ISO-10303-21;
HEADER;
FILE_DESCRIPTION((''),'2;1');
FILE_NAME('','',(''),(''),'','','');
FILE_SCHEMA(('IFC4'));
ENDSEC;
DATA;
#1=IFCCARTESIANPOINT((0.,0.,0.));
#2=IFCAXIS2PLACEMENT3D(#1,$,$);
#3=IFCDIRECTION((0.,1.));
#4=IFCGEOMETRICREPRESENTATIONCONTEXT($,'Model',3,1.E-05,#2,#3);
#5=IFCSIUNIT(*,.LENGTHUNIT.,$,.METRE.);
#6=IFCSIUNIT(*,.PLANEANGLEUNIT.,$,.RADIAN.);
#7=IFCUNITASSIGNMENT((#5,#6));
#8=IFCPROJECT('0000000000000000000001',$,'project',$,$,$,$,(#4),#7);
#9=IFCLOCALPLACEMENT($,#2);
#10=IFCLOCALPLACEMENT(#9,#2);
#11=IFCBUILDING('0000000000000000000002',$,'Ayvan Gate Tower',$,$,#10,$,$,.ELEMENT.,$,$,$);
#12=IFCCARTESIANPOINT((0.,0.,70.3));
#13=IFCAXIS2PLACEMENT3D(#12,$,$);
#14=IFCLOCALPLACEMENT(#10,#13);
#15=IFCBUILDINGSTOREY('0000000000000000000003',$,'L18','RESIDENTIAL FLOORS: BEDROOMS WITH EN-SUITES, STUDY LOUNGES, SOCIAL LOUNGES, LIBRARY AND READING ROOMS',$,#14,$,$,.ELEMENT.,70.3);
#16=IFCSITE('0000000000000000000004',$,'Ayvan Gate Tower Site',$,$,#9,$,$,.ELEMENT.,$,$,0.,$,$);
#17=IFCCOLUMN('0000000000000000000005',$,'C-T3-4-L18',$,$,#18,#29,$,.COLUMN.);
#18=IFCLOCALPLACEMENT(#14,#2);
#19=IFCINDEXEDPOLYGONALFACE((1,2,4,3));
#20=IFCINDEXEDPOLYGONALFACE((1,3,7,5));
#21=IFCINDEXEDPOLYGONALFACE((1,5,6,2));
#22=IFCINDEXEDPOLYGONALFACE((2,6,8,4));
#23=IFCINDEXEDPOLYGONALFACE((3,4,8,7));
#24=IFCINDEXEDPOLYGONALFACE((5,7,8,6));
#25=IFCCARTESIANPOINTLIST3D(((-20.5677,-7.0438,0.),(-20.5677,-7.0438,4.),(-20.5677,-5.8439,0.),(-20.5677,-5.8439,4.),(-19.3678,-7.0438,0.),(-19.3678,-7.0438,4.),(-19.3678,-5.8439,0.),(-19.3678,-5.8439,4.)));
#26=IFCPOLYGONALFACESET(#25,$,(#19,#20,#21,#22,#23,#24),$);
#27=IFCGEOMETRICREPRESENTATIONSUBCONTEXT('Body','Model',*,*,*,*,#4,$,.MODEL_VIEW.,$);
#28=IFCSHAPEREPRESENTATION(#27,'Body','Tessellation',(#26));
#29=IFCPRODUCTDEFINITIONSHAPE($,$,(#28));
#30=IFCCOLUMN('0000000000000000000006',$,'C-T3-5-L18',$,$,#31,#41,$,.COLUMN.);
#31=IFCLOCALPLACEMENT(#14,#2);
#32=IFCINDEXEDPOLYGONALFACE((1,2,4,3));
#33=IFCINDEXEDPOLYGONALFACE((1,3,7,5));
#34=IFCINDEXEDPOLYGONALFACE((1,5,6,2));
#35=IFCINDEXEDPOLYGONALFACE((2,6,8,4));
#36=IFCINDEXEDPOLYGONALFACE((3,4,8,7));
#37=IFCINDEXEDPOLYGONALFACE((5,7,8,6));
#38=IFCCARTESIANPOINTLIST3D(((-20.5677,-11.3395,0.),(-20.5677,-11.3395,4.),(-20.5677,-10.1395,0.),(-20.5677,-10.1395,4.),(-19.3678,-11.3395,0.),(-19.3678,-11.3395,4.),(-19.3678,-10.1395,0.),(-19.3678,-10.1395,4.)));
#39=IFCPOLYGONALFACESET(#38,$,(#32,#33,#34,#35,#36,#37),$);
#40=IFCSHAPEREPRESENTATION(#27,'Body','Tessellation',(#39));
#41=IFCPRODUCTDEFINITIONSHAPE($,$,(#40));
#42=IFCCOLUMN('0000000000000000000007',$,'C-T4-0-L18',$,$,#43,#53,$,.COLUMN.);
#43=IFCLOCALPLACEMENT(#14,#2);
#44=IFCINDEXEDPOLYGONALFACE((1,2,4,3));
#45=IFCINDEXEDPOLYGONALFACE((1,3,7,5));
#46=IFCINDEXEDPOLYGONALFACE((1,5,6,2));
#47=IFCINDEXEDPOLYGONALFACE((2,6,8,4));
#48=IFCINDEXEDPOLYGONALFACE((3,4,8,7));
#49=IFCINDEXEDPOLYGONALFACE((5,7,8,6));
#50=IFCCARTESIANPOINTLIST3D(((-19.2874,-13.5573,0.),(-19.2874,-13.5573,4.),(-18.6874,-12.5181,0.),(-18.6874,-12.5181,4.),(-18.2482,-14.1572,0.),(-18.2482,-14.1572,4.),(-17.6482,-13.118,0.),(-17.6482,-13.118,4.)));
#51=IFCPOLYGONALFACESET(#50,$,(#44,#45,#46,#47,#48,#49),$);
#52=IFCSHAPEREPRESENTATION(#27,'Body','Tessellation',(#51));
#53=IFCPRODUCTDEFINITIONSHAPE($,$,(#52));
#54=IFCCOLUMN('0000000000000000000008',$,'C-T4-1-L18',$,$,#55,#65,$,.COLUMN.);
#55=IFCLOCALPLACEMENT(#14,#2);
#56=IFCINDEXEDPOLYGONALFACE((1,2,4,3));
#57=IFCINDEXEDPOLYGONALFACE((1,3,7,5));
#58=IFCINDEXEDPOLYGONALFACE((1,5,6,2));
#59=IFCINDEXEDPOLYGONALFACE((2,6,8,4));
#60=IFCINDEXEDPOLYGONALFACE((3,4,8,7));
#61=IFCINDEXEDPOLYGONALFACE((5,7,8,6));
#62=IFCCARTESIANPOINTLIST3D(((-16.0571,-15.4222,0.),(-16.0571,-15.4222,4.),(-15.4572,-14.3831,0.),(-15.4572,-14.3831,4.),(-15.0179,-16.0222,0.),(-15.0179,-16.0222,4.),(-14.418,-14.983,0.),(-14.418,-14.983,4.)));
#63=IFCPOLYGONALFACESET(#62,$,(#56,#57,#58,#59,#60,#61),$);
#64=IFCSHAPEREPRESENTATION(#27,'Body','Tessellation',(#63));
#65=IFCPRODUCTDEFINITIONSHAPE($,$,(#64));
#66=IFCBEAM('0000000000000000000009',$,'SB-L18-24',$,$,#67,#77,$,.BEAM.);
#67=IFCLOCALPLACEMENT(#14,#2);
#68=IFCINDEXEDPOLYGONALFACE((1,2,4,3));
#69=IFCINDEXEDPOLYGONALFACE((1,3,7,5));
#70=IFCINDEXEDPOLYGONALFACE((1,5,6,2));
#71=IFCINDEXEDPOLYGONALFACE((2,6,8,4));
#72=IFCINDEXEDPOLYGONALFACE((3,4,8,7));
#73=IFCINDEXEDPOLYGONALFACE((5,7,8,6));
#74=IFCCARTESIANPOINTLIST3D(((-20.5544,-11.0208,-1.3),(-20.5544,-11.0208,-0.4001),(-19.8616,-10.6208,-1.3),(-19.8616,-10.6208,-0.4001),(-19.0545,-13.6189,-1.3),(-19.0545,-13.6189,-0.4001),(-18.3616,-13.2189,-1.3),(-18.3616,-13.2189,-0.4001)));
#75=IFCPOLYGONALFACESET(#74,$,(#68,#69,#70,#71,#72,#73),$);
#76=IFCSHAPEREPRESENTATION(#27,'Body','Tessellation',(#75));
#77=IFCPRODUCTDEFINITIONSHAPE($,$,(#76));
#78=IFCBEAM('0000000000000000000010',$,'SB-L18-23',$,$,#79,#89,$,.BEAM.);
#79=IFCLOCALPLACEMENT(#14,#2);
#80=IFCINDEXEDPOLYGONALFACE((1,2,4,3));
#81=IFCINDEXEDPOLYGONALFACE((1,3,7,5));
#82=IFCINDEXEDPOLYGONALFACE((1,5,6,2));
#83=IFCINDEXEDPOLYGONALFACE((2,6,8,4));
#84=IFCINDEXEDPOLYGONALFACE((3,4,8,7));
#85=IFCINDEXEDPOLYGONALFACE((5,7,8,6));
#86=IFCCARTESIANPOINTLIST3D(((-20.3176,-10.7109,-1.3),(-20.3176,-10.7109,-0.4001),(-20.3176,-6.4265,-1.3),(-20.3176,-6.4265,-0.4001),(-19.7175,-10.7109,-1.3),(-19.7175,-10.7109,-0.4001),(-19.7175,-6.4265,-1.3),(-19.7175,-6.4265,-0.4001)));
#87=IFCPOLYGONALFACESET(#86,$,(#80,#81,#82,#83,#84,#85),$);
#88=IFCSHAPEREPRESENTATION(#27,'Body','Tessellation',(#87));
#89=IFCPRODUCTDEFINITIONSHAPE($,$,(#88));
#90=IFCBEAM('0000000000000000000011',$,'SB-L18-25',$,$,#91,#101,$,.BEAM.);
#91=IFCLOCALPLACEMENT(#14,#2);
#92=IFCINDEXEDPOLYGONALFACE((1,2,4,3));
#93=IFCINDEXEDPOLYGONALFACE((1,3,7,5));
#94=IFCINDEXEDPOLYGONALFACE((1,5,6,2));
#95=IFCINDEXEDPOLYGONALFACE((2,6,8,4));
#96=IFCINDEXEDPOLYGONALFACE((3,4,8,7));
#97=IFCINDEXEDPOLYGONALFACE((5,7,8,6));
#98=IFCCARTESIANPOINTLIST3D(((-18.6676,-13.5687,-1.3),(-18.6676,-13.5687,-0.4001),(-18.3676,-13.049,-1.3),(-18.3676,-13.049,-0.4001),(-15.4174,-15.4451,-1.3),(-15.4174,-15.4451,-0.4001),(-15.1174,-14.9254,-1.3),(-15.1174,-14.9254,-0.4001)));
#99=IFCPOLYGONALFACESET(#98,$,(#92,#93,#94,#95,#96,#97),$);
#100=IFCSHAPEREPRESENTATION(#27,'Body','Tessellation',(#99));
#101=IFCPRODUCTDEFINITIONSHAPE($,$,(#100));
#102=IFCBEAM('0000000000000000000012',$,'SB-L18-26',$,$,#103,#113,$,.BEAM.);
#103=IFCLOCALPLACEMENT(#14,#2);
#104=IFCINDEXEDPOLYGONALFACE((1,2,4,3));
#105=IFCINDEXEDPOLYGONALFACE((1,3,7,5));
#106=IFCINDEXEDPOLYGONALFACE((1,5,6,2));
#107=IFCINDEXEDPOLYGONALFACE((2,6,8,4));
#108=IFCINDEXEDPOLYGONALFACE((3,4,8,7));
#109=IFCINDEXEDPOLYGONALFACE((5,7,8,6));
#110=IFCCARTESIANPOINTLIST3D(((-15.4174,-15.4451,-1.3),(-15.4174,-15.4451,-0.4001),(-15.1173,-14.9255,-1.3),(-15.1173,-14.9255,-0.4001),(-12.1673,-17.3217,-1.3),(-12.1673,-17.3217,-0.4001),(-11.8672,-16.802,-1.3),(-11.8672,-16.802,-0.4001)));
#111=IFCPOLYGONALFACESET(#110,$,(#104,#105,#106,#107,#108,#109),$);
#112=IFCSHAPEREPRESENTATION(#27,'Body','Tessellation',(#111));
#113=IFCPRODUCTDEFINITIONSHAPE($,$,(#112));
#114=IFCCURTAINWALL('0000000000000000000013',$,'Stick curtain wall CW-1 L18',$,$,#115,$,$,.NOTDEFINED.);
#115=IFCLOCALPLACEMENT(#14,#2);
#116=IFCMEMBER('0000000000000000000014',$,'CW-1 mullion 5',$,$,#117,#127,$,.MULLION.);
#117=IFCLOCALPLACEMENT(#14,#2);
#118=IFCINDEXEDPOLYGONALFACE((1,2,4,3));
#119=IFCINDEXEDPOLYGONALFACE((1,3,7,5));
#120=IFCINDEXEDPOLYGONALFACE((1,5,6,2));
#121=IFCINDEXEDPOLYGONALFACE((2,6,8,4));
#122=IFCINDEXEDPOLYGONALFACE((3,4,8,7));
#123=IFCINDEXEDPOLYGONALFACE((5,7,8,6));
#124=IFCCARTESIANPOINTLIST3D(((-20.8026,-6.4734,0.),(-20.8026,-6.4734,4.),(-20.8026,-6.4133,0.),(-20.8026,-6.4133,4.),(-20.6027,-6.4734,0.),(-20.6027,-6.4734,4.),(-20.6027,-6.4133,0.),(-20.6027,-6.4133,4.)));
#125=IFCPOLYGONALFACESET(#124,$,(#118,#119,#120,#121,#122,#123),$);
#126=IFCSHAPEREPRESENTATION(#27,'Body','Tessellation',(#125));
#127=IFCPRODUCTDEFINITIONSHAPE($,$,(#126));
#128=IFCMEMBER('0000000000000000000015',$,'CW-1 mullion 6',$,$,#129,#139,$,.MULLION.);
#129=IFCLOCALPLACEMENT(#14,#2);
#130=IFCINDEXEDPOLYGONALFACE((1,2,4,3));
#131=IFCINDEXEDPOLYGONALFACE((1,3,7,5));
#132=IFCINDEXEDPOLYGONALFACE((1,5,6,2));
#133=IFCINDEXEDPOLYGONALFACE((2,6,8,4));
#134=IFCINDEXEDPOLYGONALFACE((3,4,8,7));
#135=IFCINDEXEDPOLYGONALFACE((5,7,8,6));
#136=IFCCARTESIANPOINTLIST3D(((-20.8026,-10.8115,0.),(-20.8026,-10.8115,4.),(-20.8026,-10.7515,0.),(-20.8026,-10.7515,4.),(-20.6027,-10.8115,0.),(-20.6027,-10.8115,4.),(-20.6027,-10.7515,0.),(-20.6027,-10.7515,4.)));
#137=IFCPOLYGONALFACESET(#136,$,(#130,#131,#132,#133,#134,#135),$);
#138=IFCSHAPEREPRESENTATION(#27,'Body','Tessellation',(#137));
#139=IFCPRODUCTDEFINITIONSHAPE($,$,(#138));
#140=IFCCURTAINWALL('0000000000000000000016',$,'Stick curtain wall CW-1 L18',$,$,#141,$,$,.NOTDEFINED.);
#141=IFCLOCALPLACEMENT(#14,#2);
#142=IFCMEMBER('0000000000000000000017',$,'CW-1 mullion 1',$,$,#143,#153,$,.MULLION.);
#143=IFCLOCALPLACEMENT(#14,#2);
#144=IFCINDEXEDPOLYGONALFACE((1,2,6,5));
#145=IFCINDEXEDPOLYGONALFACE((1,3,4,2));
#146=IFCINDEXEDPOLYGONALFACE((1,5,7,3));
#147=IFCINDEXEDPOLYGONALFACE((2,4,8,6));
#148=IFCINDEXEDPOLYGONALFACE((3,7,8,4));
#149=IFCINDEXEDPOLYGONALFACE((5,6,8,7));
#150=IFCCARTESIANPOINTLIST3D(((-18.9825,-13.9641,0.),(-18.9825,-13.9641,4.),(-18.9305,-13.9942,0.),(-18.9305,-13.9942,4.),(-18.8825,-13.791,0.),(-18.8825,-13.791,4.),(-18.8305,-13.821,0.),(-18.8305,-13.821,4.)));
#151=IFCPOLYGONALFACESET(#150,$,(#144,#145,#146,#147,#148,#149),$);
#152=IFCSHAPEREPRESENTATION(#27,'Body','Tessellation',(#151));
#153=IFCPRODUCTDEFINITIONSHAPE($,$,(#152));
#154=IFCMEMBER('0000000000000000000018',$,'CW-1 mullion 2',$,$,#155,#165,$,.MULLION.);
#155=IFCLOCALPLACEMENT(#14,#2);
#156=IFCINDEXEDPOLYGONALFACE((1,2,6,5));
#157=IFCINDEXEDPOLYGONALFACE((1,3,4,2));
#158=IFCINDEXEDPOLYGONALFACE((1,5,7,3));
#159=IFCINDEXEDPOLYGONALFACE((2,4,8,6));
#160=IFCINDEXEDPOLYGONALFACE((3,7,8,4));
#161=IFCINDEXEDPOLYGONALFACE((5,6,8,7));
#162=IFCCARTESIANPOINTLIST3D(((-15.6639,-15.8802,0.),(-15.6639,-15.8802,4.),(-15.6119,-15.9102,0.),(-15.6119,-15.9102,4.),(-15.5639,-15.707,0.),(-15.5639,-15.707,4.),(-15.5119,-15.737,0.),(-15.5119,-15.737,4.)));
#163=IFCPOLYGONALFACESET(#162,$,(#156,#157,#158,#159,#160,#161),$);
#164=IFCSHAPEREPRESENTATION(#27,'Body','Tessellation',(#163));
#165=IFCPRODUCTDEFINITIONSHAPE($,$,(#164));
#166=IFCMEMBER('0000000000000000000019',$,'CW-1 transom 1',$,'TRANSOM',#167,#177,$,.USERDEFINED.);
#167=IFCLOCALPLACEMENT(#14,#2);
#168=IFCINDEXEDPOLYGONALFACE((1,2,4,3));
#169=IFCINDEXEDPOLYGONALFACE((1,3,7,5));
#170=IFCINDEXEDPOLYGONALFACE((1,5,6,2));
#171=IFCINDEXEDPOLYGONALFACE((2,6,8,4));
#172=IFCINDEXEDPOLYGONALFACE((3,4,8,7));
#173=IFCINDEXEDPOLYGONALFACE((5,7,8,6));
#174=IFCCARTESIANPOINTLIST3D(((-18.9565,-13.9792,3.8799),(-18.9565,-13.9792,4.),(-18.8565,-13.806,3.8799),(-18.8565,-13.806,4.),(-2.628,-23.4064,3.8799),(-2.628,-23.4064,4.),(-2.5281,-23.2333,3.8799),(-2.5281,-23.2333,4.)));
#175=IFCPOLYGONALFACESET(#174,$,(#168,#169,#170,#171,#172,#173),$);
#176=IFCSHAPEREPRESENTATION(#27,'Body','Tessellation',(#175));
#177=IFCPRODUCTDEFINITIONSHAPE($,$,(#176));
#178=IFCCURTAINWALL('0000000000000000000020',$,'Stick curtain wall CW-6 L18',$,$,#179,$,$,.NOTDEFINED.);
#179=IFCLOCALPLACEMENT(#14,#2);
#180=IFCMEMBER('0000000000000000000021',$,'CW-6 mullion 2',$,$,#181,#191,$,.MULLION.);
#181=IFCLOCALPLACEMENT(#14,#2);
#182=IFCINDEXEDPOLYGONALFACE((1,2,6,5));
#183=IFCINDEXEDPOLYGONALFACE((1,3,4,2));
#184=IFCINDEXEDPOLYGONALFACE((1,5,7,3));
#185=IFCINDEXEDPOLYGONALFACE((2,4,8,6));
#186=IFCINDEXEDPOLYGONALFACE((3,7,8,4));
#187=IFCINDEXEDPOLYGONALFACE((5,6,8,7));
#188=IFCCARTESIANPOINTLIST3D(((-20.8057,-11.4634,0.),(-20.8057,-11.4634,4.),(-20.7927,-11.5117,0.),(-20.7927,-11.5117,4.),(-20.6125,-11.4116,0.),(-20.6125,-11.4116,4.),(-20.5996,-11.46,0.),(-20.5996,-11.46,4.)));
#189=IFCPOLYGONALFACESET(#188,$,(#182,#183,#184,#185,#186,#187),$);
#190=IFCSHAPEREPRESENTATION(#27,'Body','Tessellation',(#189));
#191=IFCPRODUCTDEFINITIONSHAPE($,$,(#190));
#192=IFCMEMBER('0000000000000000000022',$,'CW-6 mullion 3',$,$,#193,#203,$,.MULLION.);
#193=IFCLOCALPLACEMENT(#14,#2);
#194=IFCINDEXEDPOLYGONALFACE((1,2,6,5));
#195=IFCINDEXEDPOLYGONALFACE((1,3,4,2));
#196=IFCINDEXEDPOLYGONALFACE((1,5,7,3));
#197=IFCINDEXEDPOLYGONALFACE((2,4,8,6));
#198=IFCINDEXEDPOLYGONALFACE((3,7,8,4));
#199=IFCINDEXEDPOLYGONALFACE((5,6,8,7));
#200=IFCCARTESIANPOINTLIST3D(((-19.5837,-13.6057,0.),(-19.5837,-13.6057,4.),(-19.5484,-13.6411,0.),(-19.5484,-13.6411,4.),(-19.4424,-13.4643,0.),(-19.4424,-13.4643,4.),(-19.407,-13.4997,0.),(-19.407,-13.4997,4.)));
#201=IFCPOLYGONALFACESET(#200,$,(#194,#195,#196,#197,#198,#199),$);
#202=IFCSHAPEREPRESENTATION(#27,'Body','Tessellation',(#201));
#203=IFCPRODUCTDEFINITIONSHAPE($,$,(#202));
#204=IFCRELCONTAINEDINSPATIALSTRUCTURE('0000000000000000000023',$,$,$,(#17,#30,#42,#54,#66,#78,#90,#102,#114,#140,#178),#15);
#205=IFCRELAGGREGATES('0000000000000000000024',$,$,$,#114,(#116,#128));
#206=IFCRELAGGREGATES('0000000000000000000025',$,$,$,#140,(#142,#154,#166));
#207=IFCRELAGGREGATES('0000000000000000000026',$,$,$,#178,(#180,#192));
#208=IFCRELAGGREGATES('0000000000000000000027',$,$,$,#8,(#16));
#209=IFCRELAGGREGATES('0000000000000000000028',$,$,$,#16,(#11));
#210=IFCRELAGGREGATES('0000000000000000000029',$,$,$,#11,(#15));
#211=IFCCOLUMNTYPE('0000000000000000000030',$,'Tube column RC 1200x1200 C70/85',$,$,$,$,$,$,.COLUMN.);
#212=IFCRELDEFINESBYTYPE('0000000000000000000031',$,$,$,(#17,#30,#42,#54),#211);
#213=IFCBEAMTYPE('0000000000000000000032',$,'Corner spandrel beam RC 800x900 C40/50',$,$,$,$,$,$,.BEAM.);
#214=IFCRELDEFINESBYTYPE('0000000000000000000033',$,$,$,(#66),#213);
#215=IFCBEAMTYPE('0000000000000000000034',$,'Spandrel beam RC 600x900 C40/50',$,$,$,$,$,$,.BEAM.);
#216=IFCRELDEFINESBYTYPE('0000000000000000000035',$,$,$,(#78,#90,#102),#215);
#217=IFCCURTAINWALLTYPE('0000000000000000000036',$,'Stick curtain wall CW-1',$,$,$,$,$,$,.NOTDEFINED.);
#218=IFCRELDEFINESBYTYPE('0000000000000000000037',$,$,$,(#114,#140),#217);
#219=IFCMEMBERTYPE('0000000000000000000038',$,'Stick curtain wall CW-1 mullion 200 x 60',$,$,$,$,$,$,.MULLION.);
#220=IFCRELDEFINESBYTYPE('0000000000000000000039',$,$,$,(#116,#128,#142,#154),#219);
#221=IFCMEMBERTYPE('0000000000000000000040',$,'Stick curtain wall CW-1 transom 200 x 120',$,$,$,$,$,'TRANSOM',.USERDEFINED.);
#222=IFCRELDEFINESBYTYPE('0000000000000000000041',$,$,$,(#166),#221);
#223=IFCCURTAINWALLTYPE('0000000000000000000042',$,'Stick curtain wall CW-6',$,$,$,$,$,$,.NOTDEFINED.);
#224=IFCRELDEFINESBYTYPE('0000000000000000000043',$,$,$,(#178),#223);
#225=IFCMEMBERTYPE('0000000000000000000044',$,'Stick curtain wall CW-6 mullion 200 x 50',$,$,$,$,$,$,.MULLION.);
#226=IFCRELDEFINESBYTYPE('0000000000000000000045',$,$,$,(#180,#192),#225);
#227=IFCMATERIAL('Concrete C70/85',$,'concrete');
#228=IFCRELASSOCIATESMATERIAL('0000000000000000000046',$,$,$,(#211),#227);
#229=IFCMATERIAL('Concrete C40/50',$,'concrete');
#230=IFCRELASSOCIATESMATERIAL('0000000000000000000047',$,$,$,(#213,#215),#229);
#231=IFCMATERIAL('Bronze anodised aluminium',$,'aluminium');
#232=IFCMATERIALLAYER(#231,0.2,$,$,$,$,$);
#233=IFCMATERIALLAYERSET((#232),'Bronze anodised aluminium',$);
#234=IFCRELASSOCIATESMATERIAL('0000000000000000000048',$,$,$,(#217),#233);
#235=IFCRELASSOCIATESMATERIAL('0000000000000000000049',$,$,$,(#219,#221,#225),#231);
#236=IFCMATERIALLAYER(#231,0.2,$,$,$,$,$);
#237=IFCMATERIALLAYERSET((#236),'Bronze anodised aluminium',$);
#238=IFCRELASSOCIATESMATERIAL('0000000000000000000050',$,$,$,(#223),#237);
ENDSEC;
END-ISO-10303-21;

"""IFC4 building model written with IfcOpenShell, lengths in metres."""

from ifc_helpers import new_model, si_unit, direction, frame, origin, origin_2d, place, context, subcontext, project, spatial, rectangle, extrude, material, layer, layer_set, material_profile, profile_set, type_object, element, aggregate, save


model = new_model("IFC4")

# Units and contexts
model_context = context("Model", 3, precision=1e-05, world=origin(), true_north=direction((0.0, 1.0)))
body_context = subcontext(model_context, "Body", "Model", "MODEL_VIEW")
ifc_project = project(units=[si_unit("LENGTHUNIT", "METRE"), si_unit("PLANEANGLEUNIT", "RADIAN")], contexts=[model_context])

# Site, building, storey
site_placement = place(None, origin())
site = spatial("IfcSite", under=ifc_project, at=site_placement, Name="Ayvan Gate Tower Site", CompositionType="ELEMENT", RefElevation=0.0)
building_placement = place(site_placement, origin())
building = spatial("IfcBuilding", under=site, at=building_placement, Name="Ayvan Gate Tower", CompositionType="ELEMENT")
storey_placement = place(building_placement, frame((0.0, 0.0, 70.3)))
storey = spatial("IfcBuildingStorey", under=building, at=storey_placement, Name="L18", Description="RESIDENTIAL FLOORS: BEDROOMS WITH EN-SUITES, STUDY LOUNGES, SOCIAL LOUNGES, LIBRARY AND READING ROOMS", CompositionType="ELEMENT", Elevation=70.3)

# Columns
ifc_material_1 = material(Name="Concrete C70/85", Category="concrete")
ifc_material_profile_1 = material_profile(ifc_material_1, rectangle(XDim=1.2, YDim=1.2, at=origin_2d()), Name="RC 1200x1200")
ifc_profile_set_1 = profile_set([ifc_material_profile_1], Name="Concrete C70/85")
column_type = type_object("IfcColumnType", Name="Tube column RC 1200x1200 C70/85", PredefinedType="COLUMN", material=ifc_profile_set_1)
for number, where, z_axis, x_axis, name in (
    (1, (-19.9678, -6.4438, 0.0), (0.0, 0.0, 1.0), (-1.0, 0.0, 0.0), "C-T3-4-L18"),
    (2, (-19.9678, -10.7395, 0.0), (0.0, 0.0, 1.0), (-1.0, 0.0, 0.0), "C-T3-5-L18"),
    (3, (-18.4678, -13.3376, 0.0), (0.0, 0.0, 1.0), (-0.5, -0.866025, 0.0), "C-T4-0-L18"),
    (4, (-15.2375, -15.2026, 0.0), (0.0, 0.0, 1.0), (-0.5, -0.866025, 0.0), "C-T4-1-L18"),
):
    element("IfcColumn", number, at=place(storey_placement, frame(where, z_axis=z_axis, x_axis=x_axis)), inside=storey, type_object=column_type, Name=name, PredefinedType="COLUMN", context=body_context, shape_type="SweptSolid", body=[
        extrude(rectangle(XDim=1.2, YDim=1.2, at=origin_2d()), origin(), (0.0, 0.0, 1.0), 4.0),
    ])

# Beams
ifc_material_2 = material(Name="Concrete C40/50", Category="concrete")
ifc_material_profile_2 = material_profile(ifc_material_2, rectangle(XDim=0.8, YDim=0.8999, at=origin_2d()), Name="RC 800x900")
ifc_profile_set_2 = profile_set([ifc_material_profile_2], Name="Concrete C40/50")
beam_type_1 = type_object("IfcBeamType", Name="Corner spandrel beam RC 800x900 C40/50", PredefinedType="BEAM", material=ifc_profile_set_2)
beam_1_placement = place(storey_placement, frame((-20.208, -10.8208, -0.8501), z_axis=(0.49999, -0.866031, 0.0), x_axis=(0.866031, 0.49999, 0.0)))
element("IfcBeam", 5, at=beam_1_placement, inside=storey, type_object=beam_type_1, Name="SB-L18-24", PredefinedType="BEAM", context=body_context, shape_type="SweptSolid", body=[
    extrude(rectangle(XDim=0.8, YDim=0.8999, at=origin_2d()), origin(), (0.0, 0.0, 1.0), 3.0),
])
ifc_material_profile_3 = material_profile(ifc_material_2, rectangle(XDim=0.6001, YDim=0.8999, at=origin_2d()), Name="RC 600x900")
ifc_profile_set_3 = profile_set([ifc_material_profile_3], Name="Concrete C40/50")
beam_type_2 = type_object("IfcBeamType", Name="Spandrel beam RC 600x900 C40/50", PredefinedType="BEAM", material=ifc_profile_set_3)
beam_2_placement = place(storey_placement, frame((-20.0176, -6.4265, -0.8501), z_axis=(0.0, -1.0, 0.0), x_axis=(1.0, 0.0, 0.0)))
element("IfcBeam", 6, at=beam_2_placement, inside=storey, type_object=beam_type_2, Name="SB-L18-23", PredefinedType="BEAM", context=body_context, shape_type="SweptSolid", body=[
    extrude(rectangle(XDim=0.6001, YDim=0.8999, at=origin_2d()), origin(), (0.0, 0.0, 1.0), 4.2844),
])
for number, where, z_axis, x_axis, name in (
    (7, (-18.5176, -13.3088, -0.8501), (0.866033, -0.499987, 0.0), (0.499987, 0.866033, 0.0), "SB-L18-25"),
    (8, (-15.2673, -15.1853, -0.8501), (0.866017, -0.500015, 0.0), (0.500015, 0.866017, 0.0), "SB-L18-26"),
):
    element("IfcBeam", number, at=place(storey_placement, frame(where, z_axis=z_axis, x_axis=x_axis)), inside=storey, type_object=beam_type_2, Name=name, PredefinedType="BEAM", context=body_context, shape_type="SweptSolid", body=[
        extrude(rectangle(XDim=0.6001, YDim=0.8999, at=origin_2d()), origin(), (0.0, 0.0, 1.0), 3.7529),
    ])

# Curtain walls, members
ifc_material_3 = material(Name="Bronze anodised aluminium", Category="aluminium")
ifc_layer_1 = layer(ifc_material_3, 0.2)
ifc_layer_set_1 = layer_set([ifc_layer_1], Name="Bronze anodised aluminium")
curtain_wall_type_1 = type_object("IfcCurtainWallType", Name="Stick curtain wall CW-1", PredefinedType="NOTDEFINED", material=ifc_layer_set_1)
curtain_wall_1_placement = place(storey_placement, origin())
curtain_wall_1 = element("IfcCurtainWall", 9, at=curtain_wall_1_placement, inside=storey, type_object=curtain_wall_type_1, Name="Stick curtain wall CW-1 L18", PredefinedType="NOTDEFINED")
ifc_material_profile_4 = material_profile(ifc_material_3, rectangle(XDim=0.2, YDim=0.0601, at=origin_2d()), Name="Stick curtain wall CW-1 mullion 200 x 60")
ifc_profile_set_4 = profile_set([ifc_material_profile_4], Name="Bronze anodised aluminium")
member_type_1 = type_object("IfcMemberType", Name="Stick curtain wall CW-1 mullion 200 x 60", PredefinedType="MULLION", material=ifc_profile_set_4)
member_1_placement = place(storey_placement, frame((-20.7026, -6.4434, 0.0), z_axis=(0.0, 0.0, 1.0), x_axis=(-1.0, 0.0, 0.0)))
member_1 = element("IfcMember", 10, at=member_1_placement, type_object=member_type_1, Name="CW-1 mullion 5", PredefinedType="MULLION", context=body_context, shape_type="SweptSolid", body=[
    extrude(rectangle(XDim=0.2, YDim=0.0601, at=origin_2d()), origin(), (0.0, 0.0, 1.0), 4.0),
])
member_2_placement = place(storey_placement, frame((-20.7026, -10.7815, 0.0), z_axis=(0.0, 0.0, 1.0), x_axis=(-1.0, 0.0, 0.0)))
member_2 = element("IfcMember", 11, at=member_2_placement, type_object=member_type_1, Name="CW-1 mullion 6", PredefinedType="MULLION", context=body_context, shape_type="SweptSolid", body=[
    extrude(rectangle(XDim=0.2, YDim=0.0601, at=origin_2d()), origin(), (0.0, 0.0, 1.0), 4.0),
])
curtain_wall_2_placement = place(storey_placement, origin())
curtain_wall_2 = element("IfcCurtainWall", 12, at=curtain_wall_2_placement, inside=storey, type_object=curtain_wall_type_1, Name="Stick curtain wall CW-1 L18", PredefinedType="NOTDEFINED")
member_3_placement = place(storey_placement, frame((-18.9065, -13.8926, 0.0), z_axis=(0.0, 0.0, 1.0), x_axis=(-0.5, -0.866025, 0.0)))
member_3 = element("IfcMember", 13, at=member_3_placement, type_object=member_type_1, Name="CW-1 mullion 1", PredefinedType="MULLION", context=body_context, shape_type="SweptSolid", body=[
    extrude(rectangle(XDim=0.2, YDim=0.0601, at=origin_2d()), origin(), (0.0, 0.0, 1.0), 4.0),
])
member_4_placement = place(storey_placement, frame((-15.5879, -15.8086, 0.0), z_axis=(0.0, 0.0, 1.0), x_axis=(-0.5, -0.866025, 0.0)))
member_4 = element("IfcMember", 14, at=member_4_placement, type_object=member_type_1, Name="CW-1 mullion 2", PredefinedType="MULLION", context=body_context, shape_type="SweptSolid", body=[
    extrude(rectangle(XDim=0.2, YDim=0.0601, at=origin_2d()), origin(), (0.0, 0.0, 1.0), 4.0),
])
ifc_material_profile_5 = material_profile(ifc_material_3, rectangle(XDim=0.2, YDim=0.1201, at=origin_2d()), Name="Stick curtain wall CW-1 transom 200 x 120")
ifc_profile_set_5 = profile_set([ifc_material_profile_5], Name="Bronze anodised aluminium")
member_type_2 = type_object("IfcMemberType", Name="Stick curtain wall CW-1 transom 200 x 120", ElementType="TRANSOM", PredefinedType="USERDEFINED", material=ifc_profile_set_5)
member_5_placement = place(storey_placement, frame((-18.9065, -13.8926, 3.9399), z_axis=(0.866024, -0.500002, 0.0), x_axis=(0.500002, 0.866024, 0.0)))
member_5 = element("IfcMember", 15, at=member_5_placement, type_object=member_type_2, Name="CW-1 transom 1", ObjectType="TRANSOM", PredefinedType="USERDEFINED", context=body_context, shape_type="SweptSolid", body=[
    extrude(rectangle(XDim=0.2, YDim=0.1201, at=origin_2d()), origin(), (0.0, 0.0, 1.0), 18.8545),
])
ifc_layer_2 = layer(ifc_material_3, 0.2)
ifc_layer_set_2 = layer_set([ifc_layer_2], Name="Bronze anodised aluminium")
curtain_wall_type_2 = type_object("IfcCurtainWallType", Name="Stick curtain wall CW-6", PredefinedType="NOTDEFINED", material=ifc_layer_set_2)
curtain_wall_3_placement = place(storey_placement, origin())
curtain_wall_3 = element("IfcCurtainWall", 16, at=curtain_wall_3_placement, inside=storey, type_object=curtain_wall_type_2, Name="Stick curtain wall CW-6 L18", PredefinedType="NOTDEFINED")
ifc_material_profile_6 = material_profile(ifc_material_3, rectangle(XDim=0.2, YDim=0.05, at=origin_2d()), Name="Stick curtain wall CW-6 mullion 200 x 50")
ifc_profile_set_6 = profile_set([ifc_material_profile_6], Name="Bronze anodised aluminium")
member_type_3 = type_object("IfcMemberType", Name="Stick curtain wall CW-6 mullion 200 x 50", PredefinedType="MULLION", material=ifc_profile_set_6)
member_6_placement = place(storey_placement, frame((-20.7026, -11.4617, 0.0), z_axis=(0.0, 0.0, 1.0), x_axis=(-0.965926, -0.258819, 0.0)))
member_6 = element("IfcMember", 17, at=member_6_placement, type_object=member_type_3, Name="CW-6 mullion 2", PredefinedType="MULLION", context=body_context, shape_type="SweptSolid", body=[
    extrude(rectangle(XDim=0.2, YDim=0.05, at=origin_2d()), origin(), (0.0, 0.0, 1.0), 4.0),
])
member_7_placement = place(storey_placement, frame((-19.4954, -13.5527, 0.0), z_axis=(0.0, 0.0, 1.0), x_axis=(-0.707107, -0.707107, 0.0)))
member_7 = element("IfcMember", 18, at=member_7_placement, type_object=member_type_3, Name="CW-6 mullion 3", PredefinedType="MULLION", context=body_context, shape_type="SweptSolid", body=[
    extrude(rectangle(XDim=0.2, YDim=0.05, at=origin_2d()), origin(), (0.0, 0.0, 1.0), 4.0),
])

aggregate(curtain_wall_1, [member_1, member_2])
aggregate(curtain_wall_2, [member_3, member_4, member_5])
aggregate(curtain_wall_3, [member_6, member_7])

save(model, "model.ifc")
